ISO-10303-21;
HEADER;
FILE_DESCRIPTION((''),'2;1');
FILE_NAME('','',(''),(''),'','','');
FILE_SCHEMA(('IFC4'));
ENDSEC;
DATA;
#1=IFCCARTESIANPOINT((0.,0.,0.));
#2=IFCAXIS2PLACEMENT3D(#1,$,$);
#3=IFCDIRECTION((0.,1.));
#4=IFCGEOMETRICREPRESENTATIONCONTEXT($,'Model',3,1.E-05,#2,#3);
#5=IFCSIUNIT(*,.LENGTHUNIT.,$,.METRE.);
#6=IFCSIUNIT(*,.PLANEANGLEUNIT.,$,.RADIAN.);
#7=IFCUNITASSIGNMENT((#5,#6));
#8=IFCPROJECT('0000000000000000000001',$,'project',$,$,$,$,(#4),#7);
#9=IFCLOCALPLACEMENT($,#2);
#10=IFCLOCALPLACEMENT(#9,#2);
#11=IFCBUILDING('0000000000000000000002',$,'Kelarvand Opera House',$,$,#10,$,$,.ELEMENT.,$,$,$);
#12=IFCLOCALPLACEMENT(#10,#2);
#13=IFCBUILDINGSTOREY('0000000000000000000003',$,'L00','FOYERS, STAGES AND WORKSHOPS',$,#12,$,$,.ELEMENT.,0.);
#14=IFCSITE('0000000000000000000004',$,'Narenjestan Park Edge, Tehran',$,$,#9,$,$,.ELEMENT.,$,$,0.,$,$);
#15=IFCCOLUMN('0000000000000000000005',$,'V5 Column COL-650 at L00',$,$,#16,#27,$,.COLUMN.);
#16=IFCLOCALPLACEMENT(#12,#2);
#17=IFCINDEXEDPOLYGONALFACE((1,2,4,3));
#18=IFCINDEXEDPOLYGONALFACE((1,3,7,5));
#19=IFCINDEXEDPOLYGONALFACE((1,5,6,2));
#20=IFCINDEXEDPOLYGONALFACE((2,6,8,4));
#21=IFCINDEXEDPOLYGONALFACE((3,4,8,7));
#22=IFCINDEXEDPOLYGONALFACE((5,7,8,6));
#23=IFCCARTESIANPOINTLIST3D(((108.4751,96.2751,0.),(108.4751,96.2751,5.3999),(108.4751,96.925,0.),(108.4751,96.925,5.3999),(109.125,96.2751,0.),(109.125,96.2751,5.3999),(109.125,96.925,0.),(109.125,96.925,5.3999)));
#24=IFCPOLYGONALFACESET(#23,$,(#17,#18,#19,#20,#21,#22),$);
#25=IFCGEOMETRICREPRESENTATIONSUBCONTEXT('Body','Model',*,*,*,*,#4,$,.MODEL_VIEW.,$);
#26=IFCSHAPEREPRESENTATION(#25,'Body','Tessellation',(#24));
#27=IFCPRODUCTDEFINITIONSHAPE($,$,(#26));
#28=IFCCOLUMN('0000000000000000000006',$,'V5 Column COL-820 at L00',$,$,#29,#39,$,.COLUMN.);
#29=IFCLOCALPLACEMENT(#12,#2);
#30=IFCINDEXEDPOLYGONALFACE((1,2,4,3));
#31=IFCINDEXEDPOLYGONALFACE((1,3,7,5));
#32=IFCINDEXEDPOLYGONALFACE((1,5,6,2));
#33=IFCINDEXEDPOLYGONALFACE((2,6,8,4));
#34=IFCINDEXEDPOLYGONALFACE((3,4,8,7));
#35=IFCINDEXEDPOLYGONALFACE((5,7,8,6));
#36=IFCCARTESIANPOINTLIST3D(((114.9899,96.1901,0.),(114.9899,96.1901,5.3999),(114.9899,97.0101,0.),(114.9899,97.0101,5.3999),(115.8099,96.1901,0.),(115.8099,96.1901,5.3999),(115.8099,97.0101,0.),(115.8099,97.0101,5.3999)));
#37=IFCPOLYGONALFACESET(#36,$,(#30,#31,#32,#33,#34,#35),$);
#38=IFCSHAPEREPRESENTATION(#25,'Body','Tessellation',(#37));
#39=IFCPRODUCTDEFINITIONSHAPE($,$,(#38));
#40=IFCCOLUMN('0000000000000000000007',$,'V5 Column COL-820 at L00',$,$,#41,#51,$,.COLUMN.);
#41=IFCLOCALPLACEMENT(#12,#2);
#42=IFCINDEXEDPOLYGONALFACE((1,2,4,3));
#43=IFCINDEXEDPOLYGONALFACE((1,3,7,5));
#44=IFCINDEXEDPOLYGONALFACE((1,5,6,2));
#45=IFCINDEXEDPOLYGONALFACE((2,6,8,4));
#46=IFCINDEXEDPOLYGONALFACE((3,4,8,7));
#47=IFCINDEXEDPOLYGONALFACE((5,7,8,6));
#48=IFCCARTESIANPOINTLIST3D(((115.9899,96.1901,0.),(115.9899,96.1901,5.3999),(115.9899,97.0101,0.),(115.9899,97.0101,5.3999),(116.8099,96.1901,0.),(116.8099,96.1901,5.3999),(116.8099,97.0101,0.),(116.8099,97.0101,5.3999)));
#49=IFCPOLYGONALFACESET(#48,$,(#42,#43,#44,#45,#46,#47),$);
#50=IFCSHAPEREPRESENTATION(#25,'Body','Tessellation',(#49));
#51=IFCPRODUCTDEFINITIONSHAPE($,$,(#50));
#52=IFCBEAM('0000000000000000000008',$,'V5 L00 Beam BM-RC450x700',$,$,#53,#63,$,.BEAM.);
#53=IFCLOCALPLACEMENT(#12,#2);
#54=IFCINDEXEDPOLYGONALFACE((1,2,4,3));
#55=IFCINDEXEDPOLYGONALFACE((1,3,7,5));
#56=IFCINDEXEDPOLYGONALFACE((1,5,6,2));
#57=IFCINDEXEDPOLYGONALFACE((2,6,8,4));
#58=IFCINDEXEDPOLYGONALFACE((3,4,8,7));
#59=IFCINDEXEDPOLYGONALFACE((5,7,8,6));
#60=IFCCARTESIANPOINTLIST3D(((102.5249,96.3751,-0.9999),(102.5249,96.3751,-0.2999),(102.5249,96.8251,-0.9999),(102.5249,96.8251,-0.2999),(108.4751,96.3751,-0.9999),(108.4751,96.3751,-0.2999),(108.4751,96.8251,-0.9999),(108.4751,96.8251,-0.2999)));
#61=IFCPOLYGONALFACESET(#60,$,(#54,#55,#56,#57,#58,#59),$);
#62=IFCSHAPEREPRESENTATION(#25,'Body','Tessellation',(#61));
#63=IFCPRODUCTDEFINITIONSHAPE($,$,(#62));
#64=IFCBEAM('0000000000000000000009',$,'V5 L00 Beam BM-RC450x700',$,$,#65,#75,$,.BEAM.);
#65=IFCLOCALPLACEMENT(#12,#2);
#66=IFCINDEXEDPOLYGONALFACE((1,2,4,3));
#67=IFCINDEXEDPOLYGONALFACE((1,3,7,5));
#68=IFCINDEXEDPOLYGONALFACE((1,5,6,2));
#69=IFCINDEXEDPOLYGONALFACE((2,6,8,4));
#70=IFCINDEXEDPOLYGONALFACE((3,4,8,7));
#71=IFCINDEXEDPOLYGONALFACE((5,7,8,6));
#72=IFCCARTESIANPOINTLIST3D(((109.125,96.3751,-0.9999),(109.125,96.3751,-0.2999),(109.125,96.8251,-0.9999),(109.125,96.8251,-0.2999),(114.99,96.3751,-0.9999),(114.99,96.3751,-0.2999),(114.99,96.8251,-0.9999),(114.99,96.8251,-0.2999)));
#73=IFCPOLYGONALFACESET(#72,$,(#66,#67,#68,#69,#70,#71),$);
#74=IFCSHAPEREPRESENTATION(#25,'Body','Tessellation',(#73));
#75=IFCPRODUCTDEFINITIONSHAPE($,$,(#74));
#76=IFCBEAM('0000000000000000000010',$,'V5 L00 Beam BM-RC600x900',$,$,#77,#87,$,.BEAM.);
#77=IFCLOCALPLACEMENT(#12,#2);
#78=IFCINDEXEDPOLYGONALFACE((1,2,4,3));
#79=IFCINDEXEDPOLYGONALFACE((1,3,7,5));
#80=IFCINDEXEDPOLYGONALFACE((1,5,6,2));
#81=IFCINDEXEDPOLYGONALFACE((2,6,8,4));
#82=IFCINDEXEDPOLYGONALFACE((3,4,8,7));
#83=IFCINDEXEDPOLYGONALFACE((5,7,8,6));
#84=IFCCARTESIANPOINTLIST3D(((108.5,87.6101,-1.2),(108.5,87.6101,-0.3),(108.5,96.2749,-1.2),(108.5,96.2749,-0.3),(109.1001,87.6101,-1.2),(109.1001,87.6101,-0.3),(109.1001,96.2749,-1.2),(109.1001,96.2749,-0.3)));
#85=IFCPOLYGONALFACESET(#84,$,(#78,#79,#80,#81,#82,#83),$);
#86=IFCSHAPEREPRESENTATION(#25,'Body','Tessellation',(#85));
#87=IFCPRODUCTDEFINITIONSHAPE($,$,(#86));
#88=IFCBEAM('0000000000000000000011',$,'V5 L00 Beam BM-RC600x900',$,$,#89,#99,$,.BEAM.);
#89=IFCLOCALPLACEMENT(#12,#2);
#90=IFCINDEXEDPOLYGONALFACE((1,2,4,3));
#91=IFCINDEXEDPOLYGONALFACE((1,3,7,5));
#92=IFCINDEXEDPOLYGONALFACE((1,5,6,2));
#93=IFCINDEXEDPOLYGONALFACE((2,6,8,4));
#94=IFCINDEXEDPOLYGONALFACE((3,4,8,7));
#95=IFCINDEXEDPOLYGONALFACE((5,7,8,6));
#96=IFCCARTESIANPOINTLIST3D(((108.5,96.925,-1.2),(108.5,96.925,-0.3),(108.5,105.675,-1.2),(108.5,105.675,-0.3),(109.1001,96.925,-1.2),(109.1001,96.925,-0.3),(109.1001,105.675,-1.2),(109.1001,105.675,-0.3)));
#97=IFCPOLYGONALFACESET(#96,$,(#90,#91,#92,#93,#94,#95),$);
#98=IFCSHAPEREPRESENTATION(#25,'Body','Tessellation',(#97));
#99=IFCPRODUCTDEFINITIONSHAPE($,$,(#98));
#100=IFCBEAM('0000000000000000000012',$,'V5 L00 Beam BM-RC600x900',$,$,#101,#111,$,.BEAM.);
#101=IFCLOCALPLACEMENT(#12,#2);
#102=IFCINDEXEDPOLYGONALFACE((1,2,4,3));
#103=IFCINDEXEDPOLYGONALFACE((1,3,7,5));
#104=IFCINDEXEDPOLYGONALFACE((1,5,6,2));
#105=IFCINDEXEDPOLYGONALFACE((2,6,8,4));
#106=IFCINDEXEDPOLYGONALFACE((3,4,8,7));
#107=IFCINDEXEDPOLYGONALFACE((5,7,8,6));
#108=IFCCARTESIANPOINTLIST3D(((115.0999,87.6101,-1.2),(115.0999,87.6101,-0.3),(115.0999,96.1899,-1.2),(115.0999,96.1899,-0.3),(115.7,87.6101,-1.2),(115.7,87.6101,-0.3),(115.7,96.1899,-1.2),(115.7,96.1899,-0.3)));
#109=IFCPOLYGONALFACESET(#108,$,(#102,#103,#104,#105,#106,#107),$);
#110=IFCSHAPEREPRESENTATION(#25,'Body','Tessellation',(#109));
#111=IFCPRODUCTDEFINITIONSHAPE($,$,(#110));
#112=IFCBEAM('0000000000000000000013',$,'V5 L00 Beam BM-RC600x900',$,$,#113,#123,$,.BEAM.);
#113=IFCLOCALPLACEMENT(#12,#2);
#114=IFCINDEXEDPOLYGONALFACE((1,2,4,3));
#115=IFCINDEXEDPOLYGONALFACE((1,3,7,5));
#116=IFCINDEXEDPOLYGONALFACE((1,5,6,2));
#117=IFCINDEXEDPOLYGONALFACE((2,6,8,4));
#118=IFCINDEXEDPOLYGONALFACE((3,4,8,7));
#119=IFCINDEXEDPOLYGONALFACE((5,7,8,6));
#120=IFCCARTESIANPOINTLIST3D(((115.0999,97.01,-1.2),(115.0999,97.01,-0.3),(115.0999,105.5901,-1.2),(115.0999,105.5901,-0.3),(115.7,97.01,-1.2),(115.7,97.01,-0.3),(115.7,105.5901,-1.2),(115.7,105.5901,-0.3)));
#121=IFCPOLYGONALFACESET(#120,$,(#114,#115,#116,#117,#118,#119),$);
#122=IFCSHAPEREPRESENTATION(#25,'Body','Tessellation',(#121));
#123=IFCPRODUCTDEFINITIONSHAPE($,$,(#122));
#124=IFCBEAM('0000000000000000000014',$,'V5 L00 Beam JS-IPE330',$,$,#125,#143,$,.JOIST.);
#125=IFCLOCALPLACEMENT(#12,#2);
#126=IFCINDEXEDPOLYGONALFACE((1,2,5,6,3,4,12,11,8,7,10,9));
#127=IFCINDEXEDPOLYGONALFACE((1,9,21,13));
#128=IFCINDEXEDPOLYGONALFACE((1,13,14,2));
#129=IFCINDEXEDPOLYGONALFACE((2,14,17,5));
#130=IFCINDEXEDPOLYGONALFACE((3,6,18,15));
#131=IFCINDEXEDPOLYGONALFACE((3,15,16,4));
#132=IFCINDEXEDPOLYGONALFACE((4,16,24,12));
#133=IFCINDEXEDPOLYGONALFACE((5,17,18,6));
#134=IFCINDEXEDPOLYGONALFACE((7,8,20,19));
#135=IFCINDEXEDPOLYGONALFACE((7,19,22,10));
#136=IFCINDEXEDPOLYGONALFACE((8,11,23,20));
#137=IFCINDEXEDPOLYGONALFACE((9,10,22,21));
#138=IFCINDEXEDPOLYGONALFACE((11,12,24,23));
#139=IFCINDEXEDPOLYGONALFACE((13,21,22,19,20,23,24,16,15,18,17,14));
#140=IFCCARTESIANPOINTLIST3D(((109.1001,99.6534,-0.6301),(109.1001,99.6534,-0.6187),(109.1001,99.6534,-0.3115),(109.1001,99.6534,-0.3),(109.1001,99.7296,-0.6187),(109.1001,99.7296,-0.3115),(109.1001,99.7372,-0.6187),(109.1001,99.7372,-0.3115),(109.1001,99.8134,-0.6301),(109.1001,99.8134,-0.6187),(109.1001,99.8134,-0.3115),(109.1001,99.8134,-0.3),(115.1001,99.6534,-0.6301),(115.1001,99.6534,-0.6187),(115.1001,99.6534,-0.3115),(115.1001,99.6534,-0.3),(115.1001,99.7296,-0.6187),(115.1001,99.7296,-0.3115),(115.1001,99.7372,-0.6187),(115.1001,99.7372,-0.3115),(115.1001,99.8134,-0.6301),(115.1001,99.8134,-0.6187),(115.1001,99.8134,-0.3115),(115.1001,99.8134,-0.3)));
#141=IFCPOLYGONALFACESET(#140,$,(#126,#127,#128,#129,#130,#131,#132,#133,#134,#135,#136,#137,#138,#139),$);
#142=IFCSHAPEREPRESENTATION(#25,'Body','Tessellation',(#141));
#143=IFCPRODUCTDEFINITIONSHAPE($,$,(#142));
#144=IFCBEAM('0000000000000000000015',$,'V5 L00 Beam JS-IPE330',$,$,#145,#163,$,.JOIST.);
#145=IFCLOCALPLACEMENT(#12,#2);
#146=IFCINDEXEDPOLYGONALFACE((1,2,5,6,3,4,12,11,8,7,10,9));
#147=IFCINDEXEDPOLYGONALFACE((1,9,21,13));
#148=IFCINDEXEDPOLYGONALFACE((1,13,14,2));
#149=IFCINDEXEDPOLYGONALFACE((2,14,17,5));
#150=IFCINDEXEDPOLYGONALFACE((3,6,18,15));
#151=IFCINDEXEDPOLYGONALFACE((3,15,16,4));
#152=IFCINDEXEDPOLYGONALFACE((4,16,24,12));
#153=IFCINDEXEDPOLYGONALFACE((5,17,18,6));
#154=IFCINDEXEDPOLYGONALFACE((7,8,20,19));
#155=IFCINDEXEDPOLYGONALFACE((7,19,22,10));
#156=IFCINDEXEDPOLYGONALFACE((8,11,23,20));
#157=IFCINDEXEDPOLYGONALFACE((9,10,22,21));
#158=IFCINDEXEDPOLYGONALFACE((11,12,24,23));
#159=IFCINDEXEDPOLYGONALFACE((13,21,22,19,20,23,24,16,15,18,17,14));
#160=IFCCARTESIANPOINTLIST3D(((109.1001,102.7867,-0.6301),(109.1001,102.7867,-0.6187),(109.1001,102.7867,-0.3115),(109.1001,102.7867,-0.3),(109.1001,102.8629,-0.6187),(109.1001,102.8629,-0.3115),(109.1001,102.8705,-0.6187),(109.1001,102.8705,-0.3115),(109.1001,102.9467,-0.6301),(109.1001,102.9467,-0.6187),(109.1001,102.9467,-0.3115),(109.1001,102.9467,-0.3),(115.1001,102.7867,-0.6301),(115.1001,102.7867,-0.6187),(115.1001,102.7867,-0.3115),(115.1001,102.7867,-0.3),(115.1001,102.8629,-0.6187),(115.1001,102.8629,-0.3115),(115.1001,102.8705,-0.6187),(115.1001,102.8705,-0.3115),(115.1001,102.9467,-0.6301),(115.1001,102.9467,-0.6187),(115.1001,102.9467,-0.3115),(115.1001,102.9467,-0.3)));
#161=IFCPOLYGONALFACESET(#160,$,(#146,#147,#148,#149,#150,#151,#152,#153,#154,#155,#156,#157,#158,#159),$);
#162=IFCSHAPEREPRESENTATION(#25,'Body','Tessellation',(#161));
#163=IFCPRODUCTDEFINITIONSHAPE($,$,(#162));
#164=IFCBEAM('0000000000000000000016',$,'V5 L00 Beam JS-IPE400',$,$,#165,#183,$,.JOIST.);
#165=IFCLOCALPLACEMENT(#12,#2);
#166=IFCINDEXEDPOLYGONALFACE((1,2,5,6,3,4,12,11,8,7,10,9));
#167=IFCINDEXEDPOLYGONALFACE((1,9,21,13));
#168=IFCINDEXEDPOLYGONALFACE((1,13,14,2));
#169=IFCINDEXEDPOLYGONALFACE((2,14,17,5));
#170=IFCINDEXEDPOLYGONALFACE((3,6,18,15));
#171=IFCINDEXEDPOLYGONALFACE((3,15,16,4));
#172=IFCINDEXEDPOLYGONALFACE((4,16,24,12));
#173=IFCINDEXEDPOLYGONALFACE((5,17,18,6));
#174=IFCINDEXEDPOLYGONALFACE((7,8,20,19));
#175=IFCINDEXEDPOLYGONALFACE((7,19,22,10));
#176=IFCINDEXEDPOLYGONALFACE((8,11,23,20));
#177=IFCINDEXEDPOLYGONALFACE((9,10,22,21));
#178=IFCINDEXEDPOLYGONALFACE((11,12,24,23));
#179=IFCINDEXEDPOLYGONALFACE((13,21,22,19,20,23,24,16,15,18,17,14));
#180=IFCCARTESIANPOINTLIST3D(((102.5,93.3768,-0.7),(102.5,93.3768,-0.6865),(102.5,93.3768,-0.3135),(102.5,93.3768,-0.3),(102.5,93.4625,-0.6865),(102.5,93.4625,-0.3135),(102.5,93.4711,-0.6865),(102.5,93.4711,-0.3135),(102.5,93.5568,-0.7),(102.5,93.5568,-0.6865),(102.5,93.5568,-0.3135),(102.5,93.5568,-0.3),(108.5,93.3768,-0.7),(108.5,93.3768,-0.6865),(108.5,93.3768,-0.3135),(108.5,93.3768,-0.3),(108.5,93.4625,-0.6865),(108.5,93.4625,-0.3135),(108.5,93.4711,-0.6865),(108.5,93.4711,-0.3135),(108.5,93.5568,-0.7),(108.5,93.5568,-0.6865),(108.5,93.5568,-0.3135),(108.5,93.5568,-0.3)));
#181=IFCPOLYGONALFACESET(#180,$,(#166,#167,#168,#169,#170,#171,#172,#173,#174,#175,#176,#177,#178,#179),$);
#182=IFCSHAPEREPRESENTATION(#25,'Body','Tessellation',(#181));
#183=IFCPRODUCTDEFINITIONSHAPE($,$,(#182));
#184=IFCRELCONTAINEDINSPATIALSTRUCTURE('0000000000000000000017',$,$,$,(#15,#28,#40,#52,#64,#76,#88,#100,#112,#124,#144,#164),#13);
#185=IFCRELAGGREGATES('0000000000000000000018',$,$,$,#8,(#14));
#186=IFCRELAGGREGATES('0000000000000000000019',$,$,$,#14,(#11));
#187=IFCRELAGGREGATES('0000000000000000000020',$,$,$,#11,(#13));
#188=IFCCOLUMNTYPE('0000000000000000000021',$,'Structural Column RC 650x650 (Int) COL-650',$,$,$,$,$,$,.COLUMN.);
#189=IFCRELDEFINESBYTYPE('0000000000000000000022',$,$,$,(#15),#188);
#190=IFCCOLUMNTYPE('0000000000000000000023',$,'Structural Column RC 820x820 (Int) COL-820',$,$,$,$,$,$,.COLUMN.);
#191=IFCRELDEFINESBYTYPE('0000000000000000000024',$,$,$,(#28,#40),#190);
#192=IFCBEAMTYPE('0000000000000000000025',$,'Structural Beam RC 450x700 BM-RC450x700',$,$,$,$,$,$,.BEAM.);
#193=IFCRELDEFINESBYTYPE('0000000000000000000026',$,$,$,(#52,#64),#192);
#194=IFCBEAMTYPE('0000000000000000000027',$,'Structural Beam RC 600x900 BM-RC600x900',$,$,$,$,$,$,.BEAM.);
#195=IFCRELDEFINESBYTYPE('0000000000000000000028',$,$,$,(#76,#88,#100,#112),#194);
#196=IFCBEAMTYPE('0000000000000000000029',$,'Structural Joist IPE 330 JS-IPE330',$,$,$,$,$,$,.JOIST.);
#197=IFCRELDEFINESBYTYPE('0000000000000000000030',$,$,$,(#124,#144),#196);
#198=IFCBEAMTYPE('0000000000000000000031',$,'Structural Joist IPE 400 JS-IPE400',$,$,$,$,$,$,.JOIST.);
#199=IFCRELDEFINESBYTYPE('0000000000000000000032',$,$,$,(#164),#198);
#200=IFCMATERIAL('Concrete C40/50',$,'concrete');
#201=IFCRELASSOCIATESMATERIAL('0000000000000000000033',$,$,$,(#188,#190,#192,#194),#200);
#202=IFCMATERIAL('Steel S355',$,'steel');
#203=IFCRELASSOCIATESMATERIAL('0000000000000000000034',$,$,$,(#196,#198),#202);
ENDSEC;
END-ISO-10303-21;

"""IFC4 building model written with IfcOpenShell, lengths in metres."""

from ifc_helpers import new_model, si_unit, direction, frame, origin, origin_2d, place, context, subcontext, project, spatial, rectangle, i_section, extrude, material, material_profile, profile_set, type_object, element, save


model = new_model("IFC4")

# Units and contexts
model_context = context("Model", 3, precision=1e-05, world=origin(), true_north=direction((0.0, 1.0)))
body_context = subcontext(model_context, "Body", "Model", "MODEL_VIEW")
ifc_project = project(units=[si_unit("LENGTHUNIT", "METRE"), si_unit("PLANEANGLEUNIT", "RADIAN")], contexts=[model_context])

# Site, building, storey
site_placement = place(None, origin())
site = spatial("IfcSite", under=ifc_project, at=site_placement, Name="Narenjestan Park Edge, Tehran", CompositionType="ELEMENT", RefElevation=0.0)
building_placement = place(site_placement, origin())
building = spatial("IfcBuilding", under=site, at=building_placement, Name="Kelarvand Opera House", CompositionType="ELEMENT")
storey_placement = place(building_placement, origin())
storey = spatial("IfcBuildingStorey", under=building, at=storey_placement, Name="L00", Description="FOYERS, STAGES AND WORKSHOPS", CompositionType="ELEMENT", Elevation=0.0)

# Columns
ifc_material_1 = material(Name="Concrete C40/50", Category="concrete")
ifc_material_profile_1 = material_profile(ifc_material_1, rectangle(XDim=0.6499, YDim=0.6499, at=origin_2d()), Name="RC 650x650", Category="concrete")
ifc_profile_set_1 = profile_set([ifc_material_profile_1], Name="Concrete C40/50")
column_type_1 = type_object("IfcColumnType", Name="Structural Column RC 650x650 (Int) COL-650", PredefinedType="COLUMN", material=ifc_profile_set_1)
column_placement = place(storey_placement, frame((108.8, 96.6001, 0.0), z_axis=(0.0, 0.0, 1.0), x_axis=(1.0, 0.0, 0.0)))
element("IfcColumn", 1, at=column_placement, inside=storey, type_object=column_type_1, Name="V5 Column COL-650 at L00", PredefinedType="COLUMN", context=body_context, shape_type="SweptSolid", body=[
    extrude(rectangle(XDim=0.6499, YDim=0.6499, at=origin_2d()), origin(), (0.0, 0.0, 1.0), 5.3999),
])
ifc_material_profile_2 = material_profile(ifc_material_1, rectangle(XDim=0.8201, YDim=0.8201, at=origin_2d()), Name="RC 820x820", Category="concrete")
ifc_profile_set_2 = profile_set([ifc_material_profile_2], Name="Concrete C40/50")
column_type_2 = type_object("IfcColumnType", Name="Structural Column RC 820x820 (Int) COL-820", PredefinedType="COLUMN", material=ifc_profile_set_2)
for number, where, z_axis, x_axis, name in (
    (2, (115.3999, 96.6001, 0.0), (0.0, 0.0, 1.0), (1.0, 0.0, 0.0), "V5 Column COL-820 at L00"),
    (3, (116.3999, 96.6001, 0.0), (0.0, 0.0, 1.0), (1.0, 0.0, 0.0), "V5 Column COL-820 at L00"),
):
    element("IfcColumn", number, at=place(storey_placement, frame(where, z_axis=z_axis, x_axis=x_axis)), inside=storey, type_object=column_type_2, Name=name, PredefinedType="COLUMN", context=body_context, shape_type="SweptSolid", body=[
        extrude(rectangle(XDim=0.8201, YDim=0.8201, at=origin_2d()), origin(), (0.0, 0.0, 1.0), 5.3999),
    ])

# Beams
ifc_material_profile_3 = material_profile(ifc_material_1, rectangle(XDim=0.45, YDim=0.7, at=origin_2d()), Name="RC 450x700", Category="concrete")
ifc_profile_set_3 = profile_set([ifc_material_profile_3], Name="Concrete C40/50")
beam_type_1 = type_object("IfcBeamType", Name="Structural Beam RC 450x700 BM-RC450x700", PredefinedType="BEAM", material=ifc_profile_set_3)
beam_1_placement = place(storey_placement, frame((102.5249, 96.6001, -0.6499), z_axis=(1.0, 0.0, 0.0), x_axis=(0.0, 1.0, 0.0)))
element("IfcBeam", 4, at=beam_1_placement, inside=storey, type_object=beam_type_1, Name="V5 L00 Beam BM-RC450x700", PredefinedType="BEAM", context=body_context, shape_type="SweptSolid", body=[
    extrude(rectangle(XDim=0.45, YDim=0.7, at=origin_2d()), origin(), (0.0, 0.0, 1.0), 5.9502),
])
beam_2_placement = place(storey_placement, frame((109.125, 96.6001, -0.6499), z_axis=(1.0, 0.0, 0.0), x_axis=(0.0, 1.0, 0.0)))
element("IfcBeam", 5, at=beam_2_placement, inside=storey, type_object=beam_type_1, Name="V5 L00 Beam BM-RC450x700", PredefinedType="BEAM", context=body_context, shape_type="SweptSolid", body=[
    extrude(rectangle(XDim=0.45, YDim=0.7, at=origin_2d()), origin(), (0.0, 0.0, 1.0), 5.865),
])
ifc_material_profile_4 = material_profile(ifc_material_1, rectangle(XDim=0.6001, YDim=0.8999, at=origin_2d()), Name="RC 600x900", Category="concrete")
ifc_profile_set_4 = profile_set([ifc_material_profile_4], Name="Concrete C40/50")
beam_type_2 = type_object("IfcBeamType", Name="Structural Beam RC 600x900 BM-RC600x900", PredefinedType="BEAM", material=ifc_profile_set_4)
beam_3_placement = place(storey_placement, frame((108.8, 87.6101, -0.75), z_axis=(0.0, 1.0, 0.0), x_axis=(-1.0, 0.0, 0.0)))
element("IfcBeam", 6, at=beam_3_placement, inside=storey, type_object=beam_type_2, Name="V5 L00 Beam BM-RC600x900", PredefinedType="BEAM", context=body_context, shape_type="SweptSolid", body=[
    extrude(rectangle(XDim=0.6001, YDim=0.8999, at=origin_2d()), origin(), (0.0, 0.0, 1.0), 8.6648),
])
beam_4_placement = place(storey_placement, frame((108.8, 96.925, -0.75), z_axis=(0.0, 1.0, 0.0), x_axis=(-1.0, 0.0, 0.0)))
element("IfcBeam", 7, at=beam_4_placement, inside=storey, type_object=beam_type_2, Name="V5 L00 Beam BM-RC600x900", PredefinedType="BEAM", context=body_context, shape_type="SweptSolid", body=[
    extrude(rectangle(XDim=0.6001, YDim=0.8999, at=origin_2d()), origin(), (0.0, 0.0, 1.0), 8.75),
])
beam_5_placement = place(storey_placement, frame((115.3999, 87.6101, -0.75), z_axis=(0.0, 1.0, 0.0), x_axis=(-1.0, 0.0, 0.0)))
element("IfcBeam", 8, at=beam_5_placement, inside=storey, type_object=beam_type_2, Name="V5 L00 Beam BM-RC600x900", PredefinedType="BEAM", context=body_context, shape_type="SweptSolid", body=[
    extrude(rectangle(XDim=0.6001, YDim=0.8999, at=origin_2d()), origin(), (0.0, 0.0, 1.0), 8.5798),
])
beam_6_placement = place(storey_placement, frame((115.3999, 97.01, -0.75), z_axis=(0.0, 1.0, 0.0), x_axis=(-1.0, 0.0, 0.0)))
element("IfcBeam", 9, at=beam_6_placement, inside=storey, type_object=beam_type_2, Name="V5 L00 Beam BM-RC600x900", PredefinedType="BEAM", context=body_context, shape_type="SweptSolid", body=[
    extrude(rectangle(XDim=0.6001, YDim=0.8999, at=origin_2d()), origin(), (0.0, 0.0, 1.0), 8.5801),
])
ifc_material_2 = material(Name="Steel S355", Category="steel")
ifc_material_profile_5 = material_profile(ifc_material_2, i_section(OverallWidth=0.1599, OverallDepth=0.3301, WebThickness=0.0076, FlangeThickness=0.0115, at=origin_2d()), Name="IPE 330", Category="steel")
ifc_profile_set_5 = profile_set([ifc_material_profile_5], Name="Steel S355")
beam_type_3 = type_object("IfcBeamType", Name="Structural Joist IPE 330 JS-IPE330", PredefinedType="JOIST", material=ifc_profile_set_5)
for number, where, z_axis, x_axis, name in (
    (10, (109.1001, 99.7334, -0.4651), (1.0, 0.0, 0.0), (0.0, 1.0, 0.0), "V5 L00 Beam JS-IPE330"),
    (11, (109.1001, 102.8667, -0.4651), (1.0, 0.0, 0.0), (0.0, 1.0, 0.0), "V5 L00 Beam JS-IPE330"),
):
    element("IfcBeam", number, at=place(storey_placement, frame(where, z_axis=z_axis, x_axis=x_axis)), inside=storey, type_object=beam_type_3, Name=name, PredefinedType="JOIST", context=body_context, shape_type="SweptSolid", body=[
        extrude(i_section(OverallWidth=0.1599, OverallDepth=0.3301, WebThickness=0.0076, FlangeThickness=0.0115, at=origin_2d()), origin(), (0.0, 0.0, 1.0), 6.0),
    ])
ifc_material_profile_6 = material_profile(ifc_material_2, i_section(OverallWidth=0.1799, OverallDepth=0.3999, WebThickness=0.0085, FlangeThickness=0.0134, at=origin_2d()), Name="IPE 400", Category="steel")
ifc_profile_set_6 = profile_set([ifc_material_profile_6], Name="Steel S355")
beam_type_4 = type_object("IfcBeamType", Name="Structural Joist IPE 400 JS-IPE400", PredefinedType="JOIST", material=ifc_profile_set_6)
beam_7_placement = place(storey_placement, frame((102.5, 93.4668, -0.5), z_axis=(1.0, 0.0, 0.0), x_axis=(0.0, 1.0, 0.0)))
element("IfcBeam", 12, at=beam_7_placement, inside=storey, type_object=beam_type_4, Name="V5 L00 Beam JS-IPE400", PredefinedType="JOIST", context=body_context, shape_type="SweptSolid", body=[
    extrude(i_section(OverallWidth=0.1799, OverallDepth=0.3999, WebThickness=0.0085, FlangeThickness=0.0134, at=origin_2d()), origin(), (0.0, 0.0, 1.0), 6.0),
])

save(model, "model.ifc")
